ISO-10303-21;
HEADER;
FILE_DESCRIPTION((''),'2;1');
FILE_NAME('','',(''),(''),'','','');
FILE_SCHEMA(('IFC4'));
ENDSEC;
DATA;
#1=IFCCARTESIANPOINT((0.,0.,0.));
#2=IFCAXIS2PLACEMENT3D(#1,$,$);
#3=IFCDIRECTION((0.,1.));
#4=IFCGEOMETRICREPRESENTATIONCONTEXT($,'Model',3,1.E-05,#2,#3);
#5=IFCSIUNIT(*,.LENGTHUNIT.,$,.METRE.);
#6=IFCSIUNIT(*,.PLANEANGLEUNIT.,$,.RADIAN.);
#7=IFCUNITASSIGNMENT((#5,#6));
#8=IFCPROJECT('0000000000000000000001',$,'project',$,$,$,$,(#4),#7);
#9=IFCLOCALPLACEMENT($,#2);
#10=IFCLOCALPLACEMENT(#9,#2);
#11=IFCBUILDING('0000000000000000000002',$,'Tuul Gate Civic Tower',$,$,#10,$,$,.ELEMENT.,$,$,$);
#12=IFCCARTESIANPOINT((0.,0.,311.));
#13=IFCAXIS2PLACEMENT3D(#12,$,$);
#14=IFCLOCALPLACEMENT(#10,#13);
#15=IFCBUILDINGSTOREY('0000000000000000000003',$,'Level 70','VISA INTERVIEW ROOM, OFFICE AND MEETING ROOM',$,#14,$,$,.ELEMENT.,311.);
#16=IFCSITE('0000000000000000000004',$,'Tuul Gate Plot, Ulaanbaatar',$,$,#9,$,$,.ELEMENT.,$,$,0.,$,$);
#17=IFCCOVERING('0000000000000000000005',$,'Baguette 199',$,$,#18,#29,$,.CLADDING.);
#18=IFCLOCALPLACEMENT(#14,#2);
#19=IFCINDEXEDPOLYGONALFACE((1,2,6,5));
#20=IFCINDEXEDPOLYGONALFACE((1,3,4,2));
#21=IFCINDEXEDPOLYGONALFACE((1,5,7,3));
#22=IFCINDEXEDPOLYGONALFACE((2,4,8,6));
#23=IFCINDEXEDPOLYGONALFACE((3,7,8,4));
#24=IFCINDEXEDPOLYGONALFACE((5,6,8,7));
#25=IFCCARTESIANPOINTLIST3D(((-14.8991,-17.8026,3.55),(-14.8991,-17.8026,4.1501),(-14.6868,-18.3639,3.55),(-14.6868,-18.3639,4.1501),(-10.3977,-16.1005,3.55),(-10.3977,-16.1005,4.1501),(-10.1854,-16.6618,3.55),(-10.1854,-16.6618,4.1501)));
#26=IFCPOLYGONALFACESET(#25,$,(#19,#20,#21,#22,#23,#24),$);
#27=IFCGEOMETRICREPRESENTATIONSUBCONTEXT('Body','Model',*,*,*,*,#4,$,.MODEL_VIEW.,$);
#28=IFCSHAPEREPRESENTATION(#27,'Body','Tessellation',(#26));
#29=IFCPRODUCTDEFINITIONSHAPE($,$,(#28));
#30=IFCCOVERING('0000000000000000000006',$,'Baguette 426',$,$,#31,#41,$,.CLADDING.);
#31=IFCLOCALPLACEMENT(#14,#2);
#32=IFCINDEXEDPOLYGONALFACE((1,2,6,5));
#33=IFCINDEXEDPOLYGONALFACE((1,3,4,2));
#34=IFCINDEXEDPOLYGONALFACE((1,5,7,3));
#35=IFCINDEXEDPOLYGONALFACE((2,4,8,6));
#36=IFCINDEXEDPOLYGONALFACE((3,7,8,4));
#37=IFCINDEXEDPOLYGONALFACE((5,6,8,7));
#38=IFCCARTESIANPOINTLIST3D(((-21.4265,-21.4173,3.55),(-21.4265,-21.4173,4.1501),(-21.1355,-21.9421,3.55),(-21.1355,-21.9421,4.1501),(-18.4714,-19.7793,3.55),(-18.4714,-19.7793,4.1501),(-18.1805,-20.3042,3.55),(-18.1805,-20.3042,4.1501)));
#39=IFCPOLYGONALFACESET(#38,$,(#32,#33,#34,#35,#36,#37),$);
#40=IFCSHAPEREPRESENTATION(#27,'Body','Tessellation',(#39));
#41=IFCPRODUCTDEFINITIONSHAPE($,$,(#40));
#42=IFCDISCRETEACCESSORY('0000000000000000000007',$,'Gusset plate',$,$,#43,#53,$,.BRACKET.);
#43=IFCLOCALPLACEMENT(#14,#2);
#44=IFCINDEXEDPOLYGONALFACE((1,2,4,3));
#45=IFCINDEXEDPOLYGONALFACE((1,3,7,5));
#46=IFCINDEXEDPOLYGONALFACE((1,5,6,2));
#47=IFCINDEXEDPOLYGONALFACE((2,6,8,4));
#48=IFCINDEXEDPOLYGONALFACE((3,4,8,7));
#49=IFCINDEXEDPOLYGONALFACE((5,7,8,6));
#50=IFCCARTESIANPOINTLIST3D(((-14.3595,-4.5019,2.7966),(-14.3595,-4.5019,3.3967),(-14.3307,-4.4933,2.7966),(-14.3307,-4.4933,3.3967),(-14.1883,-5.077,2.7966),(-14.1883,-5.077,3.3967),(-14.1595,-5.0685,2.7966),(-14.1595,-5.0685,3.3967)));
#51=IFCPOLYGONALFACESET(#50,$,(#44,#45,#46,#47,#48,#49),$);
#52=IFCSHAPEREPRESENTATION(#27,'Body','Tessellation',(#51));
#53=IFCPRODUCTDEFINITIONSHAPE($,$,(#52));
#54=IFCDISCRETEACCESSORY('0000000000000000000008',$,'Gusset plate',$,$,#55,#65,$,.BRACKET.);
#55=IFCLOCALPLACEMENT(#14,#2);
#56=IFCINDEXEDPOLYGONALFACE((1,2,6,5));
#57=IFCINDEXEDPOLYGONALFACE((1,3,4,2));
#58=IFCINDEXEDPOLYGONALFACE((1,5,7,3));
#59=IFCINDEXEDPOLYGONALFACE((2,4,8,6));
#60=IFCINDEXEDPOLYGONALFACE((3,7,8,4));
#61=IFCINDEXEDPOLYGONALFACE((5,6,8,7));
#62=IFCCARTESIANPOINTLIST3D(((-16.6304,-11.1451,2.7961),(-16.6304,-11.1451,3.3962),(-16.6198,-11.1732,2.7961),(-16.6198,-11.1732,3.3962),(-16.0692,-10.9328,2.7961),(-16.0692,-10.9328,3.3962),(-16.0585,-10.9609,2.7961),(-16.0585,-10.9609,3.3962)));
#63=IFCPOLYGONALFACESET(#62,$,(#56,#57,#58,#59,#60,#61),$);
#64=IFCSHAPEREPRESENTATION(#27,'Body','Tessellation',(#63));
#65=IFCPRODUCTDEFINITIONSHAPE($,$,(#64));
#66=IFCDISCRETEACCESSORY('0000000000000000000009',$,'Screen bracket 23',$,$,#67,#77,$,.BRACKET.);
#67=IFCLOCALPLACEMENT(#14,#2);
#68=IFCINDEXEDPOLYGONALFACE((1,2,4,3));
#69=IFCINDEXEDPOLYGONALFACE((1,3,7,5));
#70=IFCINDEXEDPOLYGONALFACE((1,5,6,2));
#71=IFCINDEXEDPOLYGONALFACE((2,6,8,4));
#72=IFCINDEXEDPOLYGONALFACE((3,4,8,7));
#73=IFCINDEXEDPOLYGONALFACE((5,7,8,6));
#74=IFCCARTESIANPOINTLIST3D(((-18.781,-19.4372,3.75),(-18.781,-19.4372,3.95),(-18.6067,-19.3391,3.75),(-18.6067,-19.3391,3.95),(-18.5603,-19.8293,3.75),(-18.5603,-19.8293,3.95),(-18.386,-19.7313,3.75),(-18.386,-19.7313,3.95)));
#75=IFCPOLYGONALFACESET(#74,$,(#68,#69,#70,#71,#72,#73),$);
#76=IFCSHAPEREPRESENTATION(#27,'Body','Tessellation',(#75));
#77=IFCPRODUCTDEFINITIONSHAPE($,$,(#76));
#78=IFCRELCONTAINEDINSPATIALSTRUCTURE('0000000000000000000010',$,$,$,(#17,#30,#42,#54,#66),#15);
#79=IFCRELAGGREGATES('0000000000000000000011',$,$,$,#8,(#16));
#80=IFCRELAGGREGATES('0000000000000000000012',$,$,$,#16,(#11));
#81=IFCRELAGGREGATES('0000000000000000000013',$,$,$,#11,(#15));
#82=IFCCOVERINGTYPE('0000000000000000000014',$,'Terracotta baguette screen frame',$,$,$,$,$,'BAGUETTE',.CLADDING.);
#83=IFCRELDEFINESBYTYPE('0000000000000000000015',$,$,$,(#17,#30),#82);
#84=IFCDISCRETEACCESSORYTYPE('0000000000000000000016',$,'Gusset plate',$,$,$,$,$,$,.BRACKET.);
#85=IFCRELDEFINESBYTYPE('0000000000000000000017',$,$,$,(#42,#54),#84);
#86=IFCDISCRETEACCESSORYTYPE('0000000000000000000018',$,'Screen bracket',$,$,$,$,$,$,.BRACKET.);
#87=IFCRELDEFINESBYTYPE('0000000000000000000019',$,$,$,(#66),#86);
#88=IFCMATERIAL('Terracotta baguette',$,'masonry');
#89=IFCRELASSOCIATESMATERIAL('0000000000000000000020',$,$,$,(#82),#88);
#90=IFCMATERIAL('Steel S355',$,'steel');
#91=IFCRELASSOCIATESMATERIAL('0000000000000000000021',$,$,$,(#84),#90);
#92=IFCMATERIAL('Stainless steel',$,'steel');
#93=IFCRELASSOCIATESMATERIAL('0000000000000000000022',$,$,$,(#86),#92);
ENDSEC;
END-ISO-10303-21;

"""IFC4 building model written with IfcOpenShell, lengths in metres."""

from ifc_helpers import new_model, si_unit, direction, frame, origin, origin_2d, place, context, subcontext, project, spatial, rectangle, extrude, material, material_profile, profile_set, type_object, element, save


model = new_model("IFC4")

# Units and contexts
model_context = context("Model", 3, precision=1e-05, world=origin(), true_north=direction((0.0, 1.0)))
body_context = subcontext(model_context, "Body", "Model", "MODEL_VIEW")
ifc_project = project(units=[si_unit("LENGTHUNIT", "METRE"), si_unit("PLANEANGLEUNIT", "RADIAN")], contexts=[model_context])

# Site, building, storey
site_placement = place(None, origin())
site = spatial("IfcSite", under=ifc_project, at=site_placement, Name="Tuul Gate Plot, Ulaanbaatar", CompositionType="ELEMENT", RefElevation=0.0)
building_placement = place(site_placement, origin())
building = spatial("IfcBuilding", under=site, at=building_placement, Name="Tuul Gate Civic Tower", CompositionType="ELEMENT")
storey_placement = place(building_placement, frame((0.0, 0.0, 311.0)))
storey = spatial("IfcBuildingStorey", under=building, at=storey_placement, Name="Level 70", Description="VISA INTERVIEW ROOM, OFFICE AND MEETING ROOM", CompositionType="ELEMENT", Elevation=311.0)

# Coverings
ifc_material_1 = material(Name="Terracotta baguette", Category="masonry")
ifc_material_profile_1 = material_profile(ifc_material_1, rectangle(XDim=0.6001, YDim=0.6001, at=origin_2d()), Name="Terracotta baguette screen frame")
ifc_profile_set_1 = profile_set([ifc_material_profile_1], Name="Terracotta baguette")
covering_type = type_object("IfcCoveringType", Name="Terracotta baguette screen frame", ElementType="BAGUETTE", PredefinedType="CLADDING", material=ifc_profile_set_1)
covering_1_placement = place(storey_placement, frame((-14.793, -18.0833, 3.8501), z_axis=(0.935362, 0.353691, 0.0), x_axis=(-0.353691, 0.935362, 0.0)))
element("IfcCovering", 1, at=covering_1_placement, inside=storey, type_object=covering_type, Name="Baguette 199", PredefinedType="CLADDING", context=body_context, shape_type="SweptSolid", body=[
    extrude(rectangle(XDim=0.6001, YDim=0.6001, at=origin_2d()), origin(), (0.0, 0.0, 1.0), 4.8125),
])
covering_2_placement = place(storey_placement, frame((-21.281, -21.6797, 3.8501), z_axis=(0.874631, 0.48479, 0.0), x_axis=(-0.48479, 0.874631, 0.0)))
element("IfcCovering", 2, at=covering_2_placement, inside=storey, type_object=covering_type, Name="Baguette 426", PredefinedType="CLADDING", context=body_context, shape_type="SweptSolid", body=[
    extrude(rectangle(XDim=0.6001, YDim=0.6001, at=origin_2d()), origin(), (0.0, 0.0, 1.0), 3.3787),
])

# Discrete accessories
ifc_material_2 = material(Name="Steel S355", Category="steel")
discrete_accessory_type_1 = type_object("IfcDiscreteAccessoryType", Name="Gusset plate", PredefinedType="BRACKET", material=ifc_material_2)
for number, where, z_axis, x_axis, name in (
    (3, (-14.2595, -4.7852, 2.7966), (0.0, 0.0, 1.0), (-0.285225, 0.958461, 0.0), "Gusset plate"),
    (4, (-16.3445, -11.053, 2.7961), (0.0, 0.0, 1.0), (-0.935324, -0.353792, 0.0), "Gusset plate"),
):
    element("IfcDiscreteAccessory", number, at=place(storey_placement, frame(where, z_axis=z_axis, x_axis=x_axis)), inside=storey, type_object=discrete_accessory_type_1, Name=name, PredefinedType="BRACKET", context=body_context, shape_type="SweptSolid", body=[
        extrude(rectangle(XDim=0.6001, YDim=0.03, at=origin_2d()), origin(), (0.0, 0.0, 1.0), 0.6001),
    ])
ifc_material_3 = material(Name="Stainless steel", Category="steel")
discrete_accessory_type_2 = type_object("IfcDiscreteAccessoryType", Name="Screen bracket", PredefinedType="BRACKET", material=ifc_material_3)
discrete_accessory_placement = place(storey_placement, frame((-18.5835, -19.5842, 3.75), z_axis=(0.0, 0.0, 1.0), x_axis=(0.490458, -0.871465, 0.0)))
element("IfcDiscreteAccessory", 5, at=discrete_accessory_placement, inside=storey, type_object=discrete_accessory_type_2, Name="Screen bracket 23", PredefinedType="BRACKET", context=body_context, shape_type="SweptSolid", body=[
    extrude(rectangle(XDim=0.45, YDim=0.2, at=origin_2d()), origin(), (0.0, 0.0, 1.0), 0.2),
])

save(model, "model.ifc")
